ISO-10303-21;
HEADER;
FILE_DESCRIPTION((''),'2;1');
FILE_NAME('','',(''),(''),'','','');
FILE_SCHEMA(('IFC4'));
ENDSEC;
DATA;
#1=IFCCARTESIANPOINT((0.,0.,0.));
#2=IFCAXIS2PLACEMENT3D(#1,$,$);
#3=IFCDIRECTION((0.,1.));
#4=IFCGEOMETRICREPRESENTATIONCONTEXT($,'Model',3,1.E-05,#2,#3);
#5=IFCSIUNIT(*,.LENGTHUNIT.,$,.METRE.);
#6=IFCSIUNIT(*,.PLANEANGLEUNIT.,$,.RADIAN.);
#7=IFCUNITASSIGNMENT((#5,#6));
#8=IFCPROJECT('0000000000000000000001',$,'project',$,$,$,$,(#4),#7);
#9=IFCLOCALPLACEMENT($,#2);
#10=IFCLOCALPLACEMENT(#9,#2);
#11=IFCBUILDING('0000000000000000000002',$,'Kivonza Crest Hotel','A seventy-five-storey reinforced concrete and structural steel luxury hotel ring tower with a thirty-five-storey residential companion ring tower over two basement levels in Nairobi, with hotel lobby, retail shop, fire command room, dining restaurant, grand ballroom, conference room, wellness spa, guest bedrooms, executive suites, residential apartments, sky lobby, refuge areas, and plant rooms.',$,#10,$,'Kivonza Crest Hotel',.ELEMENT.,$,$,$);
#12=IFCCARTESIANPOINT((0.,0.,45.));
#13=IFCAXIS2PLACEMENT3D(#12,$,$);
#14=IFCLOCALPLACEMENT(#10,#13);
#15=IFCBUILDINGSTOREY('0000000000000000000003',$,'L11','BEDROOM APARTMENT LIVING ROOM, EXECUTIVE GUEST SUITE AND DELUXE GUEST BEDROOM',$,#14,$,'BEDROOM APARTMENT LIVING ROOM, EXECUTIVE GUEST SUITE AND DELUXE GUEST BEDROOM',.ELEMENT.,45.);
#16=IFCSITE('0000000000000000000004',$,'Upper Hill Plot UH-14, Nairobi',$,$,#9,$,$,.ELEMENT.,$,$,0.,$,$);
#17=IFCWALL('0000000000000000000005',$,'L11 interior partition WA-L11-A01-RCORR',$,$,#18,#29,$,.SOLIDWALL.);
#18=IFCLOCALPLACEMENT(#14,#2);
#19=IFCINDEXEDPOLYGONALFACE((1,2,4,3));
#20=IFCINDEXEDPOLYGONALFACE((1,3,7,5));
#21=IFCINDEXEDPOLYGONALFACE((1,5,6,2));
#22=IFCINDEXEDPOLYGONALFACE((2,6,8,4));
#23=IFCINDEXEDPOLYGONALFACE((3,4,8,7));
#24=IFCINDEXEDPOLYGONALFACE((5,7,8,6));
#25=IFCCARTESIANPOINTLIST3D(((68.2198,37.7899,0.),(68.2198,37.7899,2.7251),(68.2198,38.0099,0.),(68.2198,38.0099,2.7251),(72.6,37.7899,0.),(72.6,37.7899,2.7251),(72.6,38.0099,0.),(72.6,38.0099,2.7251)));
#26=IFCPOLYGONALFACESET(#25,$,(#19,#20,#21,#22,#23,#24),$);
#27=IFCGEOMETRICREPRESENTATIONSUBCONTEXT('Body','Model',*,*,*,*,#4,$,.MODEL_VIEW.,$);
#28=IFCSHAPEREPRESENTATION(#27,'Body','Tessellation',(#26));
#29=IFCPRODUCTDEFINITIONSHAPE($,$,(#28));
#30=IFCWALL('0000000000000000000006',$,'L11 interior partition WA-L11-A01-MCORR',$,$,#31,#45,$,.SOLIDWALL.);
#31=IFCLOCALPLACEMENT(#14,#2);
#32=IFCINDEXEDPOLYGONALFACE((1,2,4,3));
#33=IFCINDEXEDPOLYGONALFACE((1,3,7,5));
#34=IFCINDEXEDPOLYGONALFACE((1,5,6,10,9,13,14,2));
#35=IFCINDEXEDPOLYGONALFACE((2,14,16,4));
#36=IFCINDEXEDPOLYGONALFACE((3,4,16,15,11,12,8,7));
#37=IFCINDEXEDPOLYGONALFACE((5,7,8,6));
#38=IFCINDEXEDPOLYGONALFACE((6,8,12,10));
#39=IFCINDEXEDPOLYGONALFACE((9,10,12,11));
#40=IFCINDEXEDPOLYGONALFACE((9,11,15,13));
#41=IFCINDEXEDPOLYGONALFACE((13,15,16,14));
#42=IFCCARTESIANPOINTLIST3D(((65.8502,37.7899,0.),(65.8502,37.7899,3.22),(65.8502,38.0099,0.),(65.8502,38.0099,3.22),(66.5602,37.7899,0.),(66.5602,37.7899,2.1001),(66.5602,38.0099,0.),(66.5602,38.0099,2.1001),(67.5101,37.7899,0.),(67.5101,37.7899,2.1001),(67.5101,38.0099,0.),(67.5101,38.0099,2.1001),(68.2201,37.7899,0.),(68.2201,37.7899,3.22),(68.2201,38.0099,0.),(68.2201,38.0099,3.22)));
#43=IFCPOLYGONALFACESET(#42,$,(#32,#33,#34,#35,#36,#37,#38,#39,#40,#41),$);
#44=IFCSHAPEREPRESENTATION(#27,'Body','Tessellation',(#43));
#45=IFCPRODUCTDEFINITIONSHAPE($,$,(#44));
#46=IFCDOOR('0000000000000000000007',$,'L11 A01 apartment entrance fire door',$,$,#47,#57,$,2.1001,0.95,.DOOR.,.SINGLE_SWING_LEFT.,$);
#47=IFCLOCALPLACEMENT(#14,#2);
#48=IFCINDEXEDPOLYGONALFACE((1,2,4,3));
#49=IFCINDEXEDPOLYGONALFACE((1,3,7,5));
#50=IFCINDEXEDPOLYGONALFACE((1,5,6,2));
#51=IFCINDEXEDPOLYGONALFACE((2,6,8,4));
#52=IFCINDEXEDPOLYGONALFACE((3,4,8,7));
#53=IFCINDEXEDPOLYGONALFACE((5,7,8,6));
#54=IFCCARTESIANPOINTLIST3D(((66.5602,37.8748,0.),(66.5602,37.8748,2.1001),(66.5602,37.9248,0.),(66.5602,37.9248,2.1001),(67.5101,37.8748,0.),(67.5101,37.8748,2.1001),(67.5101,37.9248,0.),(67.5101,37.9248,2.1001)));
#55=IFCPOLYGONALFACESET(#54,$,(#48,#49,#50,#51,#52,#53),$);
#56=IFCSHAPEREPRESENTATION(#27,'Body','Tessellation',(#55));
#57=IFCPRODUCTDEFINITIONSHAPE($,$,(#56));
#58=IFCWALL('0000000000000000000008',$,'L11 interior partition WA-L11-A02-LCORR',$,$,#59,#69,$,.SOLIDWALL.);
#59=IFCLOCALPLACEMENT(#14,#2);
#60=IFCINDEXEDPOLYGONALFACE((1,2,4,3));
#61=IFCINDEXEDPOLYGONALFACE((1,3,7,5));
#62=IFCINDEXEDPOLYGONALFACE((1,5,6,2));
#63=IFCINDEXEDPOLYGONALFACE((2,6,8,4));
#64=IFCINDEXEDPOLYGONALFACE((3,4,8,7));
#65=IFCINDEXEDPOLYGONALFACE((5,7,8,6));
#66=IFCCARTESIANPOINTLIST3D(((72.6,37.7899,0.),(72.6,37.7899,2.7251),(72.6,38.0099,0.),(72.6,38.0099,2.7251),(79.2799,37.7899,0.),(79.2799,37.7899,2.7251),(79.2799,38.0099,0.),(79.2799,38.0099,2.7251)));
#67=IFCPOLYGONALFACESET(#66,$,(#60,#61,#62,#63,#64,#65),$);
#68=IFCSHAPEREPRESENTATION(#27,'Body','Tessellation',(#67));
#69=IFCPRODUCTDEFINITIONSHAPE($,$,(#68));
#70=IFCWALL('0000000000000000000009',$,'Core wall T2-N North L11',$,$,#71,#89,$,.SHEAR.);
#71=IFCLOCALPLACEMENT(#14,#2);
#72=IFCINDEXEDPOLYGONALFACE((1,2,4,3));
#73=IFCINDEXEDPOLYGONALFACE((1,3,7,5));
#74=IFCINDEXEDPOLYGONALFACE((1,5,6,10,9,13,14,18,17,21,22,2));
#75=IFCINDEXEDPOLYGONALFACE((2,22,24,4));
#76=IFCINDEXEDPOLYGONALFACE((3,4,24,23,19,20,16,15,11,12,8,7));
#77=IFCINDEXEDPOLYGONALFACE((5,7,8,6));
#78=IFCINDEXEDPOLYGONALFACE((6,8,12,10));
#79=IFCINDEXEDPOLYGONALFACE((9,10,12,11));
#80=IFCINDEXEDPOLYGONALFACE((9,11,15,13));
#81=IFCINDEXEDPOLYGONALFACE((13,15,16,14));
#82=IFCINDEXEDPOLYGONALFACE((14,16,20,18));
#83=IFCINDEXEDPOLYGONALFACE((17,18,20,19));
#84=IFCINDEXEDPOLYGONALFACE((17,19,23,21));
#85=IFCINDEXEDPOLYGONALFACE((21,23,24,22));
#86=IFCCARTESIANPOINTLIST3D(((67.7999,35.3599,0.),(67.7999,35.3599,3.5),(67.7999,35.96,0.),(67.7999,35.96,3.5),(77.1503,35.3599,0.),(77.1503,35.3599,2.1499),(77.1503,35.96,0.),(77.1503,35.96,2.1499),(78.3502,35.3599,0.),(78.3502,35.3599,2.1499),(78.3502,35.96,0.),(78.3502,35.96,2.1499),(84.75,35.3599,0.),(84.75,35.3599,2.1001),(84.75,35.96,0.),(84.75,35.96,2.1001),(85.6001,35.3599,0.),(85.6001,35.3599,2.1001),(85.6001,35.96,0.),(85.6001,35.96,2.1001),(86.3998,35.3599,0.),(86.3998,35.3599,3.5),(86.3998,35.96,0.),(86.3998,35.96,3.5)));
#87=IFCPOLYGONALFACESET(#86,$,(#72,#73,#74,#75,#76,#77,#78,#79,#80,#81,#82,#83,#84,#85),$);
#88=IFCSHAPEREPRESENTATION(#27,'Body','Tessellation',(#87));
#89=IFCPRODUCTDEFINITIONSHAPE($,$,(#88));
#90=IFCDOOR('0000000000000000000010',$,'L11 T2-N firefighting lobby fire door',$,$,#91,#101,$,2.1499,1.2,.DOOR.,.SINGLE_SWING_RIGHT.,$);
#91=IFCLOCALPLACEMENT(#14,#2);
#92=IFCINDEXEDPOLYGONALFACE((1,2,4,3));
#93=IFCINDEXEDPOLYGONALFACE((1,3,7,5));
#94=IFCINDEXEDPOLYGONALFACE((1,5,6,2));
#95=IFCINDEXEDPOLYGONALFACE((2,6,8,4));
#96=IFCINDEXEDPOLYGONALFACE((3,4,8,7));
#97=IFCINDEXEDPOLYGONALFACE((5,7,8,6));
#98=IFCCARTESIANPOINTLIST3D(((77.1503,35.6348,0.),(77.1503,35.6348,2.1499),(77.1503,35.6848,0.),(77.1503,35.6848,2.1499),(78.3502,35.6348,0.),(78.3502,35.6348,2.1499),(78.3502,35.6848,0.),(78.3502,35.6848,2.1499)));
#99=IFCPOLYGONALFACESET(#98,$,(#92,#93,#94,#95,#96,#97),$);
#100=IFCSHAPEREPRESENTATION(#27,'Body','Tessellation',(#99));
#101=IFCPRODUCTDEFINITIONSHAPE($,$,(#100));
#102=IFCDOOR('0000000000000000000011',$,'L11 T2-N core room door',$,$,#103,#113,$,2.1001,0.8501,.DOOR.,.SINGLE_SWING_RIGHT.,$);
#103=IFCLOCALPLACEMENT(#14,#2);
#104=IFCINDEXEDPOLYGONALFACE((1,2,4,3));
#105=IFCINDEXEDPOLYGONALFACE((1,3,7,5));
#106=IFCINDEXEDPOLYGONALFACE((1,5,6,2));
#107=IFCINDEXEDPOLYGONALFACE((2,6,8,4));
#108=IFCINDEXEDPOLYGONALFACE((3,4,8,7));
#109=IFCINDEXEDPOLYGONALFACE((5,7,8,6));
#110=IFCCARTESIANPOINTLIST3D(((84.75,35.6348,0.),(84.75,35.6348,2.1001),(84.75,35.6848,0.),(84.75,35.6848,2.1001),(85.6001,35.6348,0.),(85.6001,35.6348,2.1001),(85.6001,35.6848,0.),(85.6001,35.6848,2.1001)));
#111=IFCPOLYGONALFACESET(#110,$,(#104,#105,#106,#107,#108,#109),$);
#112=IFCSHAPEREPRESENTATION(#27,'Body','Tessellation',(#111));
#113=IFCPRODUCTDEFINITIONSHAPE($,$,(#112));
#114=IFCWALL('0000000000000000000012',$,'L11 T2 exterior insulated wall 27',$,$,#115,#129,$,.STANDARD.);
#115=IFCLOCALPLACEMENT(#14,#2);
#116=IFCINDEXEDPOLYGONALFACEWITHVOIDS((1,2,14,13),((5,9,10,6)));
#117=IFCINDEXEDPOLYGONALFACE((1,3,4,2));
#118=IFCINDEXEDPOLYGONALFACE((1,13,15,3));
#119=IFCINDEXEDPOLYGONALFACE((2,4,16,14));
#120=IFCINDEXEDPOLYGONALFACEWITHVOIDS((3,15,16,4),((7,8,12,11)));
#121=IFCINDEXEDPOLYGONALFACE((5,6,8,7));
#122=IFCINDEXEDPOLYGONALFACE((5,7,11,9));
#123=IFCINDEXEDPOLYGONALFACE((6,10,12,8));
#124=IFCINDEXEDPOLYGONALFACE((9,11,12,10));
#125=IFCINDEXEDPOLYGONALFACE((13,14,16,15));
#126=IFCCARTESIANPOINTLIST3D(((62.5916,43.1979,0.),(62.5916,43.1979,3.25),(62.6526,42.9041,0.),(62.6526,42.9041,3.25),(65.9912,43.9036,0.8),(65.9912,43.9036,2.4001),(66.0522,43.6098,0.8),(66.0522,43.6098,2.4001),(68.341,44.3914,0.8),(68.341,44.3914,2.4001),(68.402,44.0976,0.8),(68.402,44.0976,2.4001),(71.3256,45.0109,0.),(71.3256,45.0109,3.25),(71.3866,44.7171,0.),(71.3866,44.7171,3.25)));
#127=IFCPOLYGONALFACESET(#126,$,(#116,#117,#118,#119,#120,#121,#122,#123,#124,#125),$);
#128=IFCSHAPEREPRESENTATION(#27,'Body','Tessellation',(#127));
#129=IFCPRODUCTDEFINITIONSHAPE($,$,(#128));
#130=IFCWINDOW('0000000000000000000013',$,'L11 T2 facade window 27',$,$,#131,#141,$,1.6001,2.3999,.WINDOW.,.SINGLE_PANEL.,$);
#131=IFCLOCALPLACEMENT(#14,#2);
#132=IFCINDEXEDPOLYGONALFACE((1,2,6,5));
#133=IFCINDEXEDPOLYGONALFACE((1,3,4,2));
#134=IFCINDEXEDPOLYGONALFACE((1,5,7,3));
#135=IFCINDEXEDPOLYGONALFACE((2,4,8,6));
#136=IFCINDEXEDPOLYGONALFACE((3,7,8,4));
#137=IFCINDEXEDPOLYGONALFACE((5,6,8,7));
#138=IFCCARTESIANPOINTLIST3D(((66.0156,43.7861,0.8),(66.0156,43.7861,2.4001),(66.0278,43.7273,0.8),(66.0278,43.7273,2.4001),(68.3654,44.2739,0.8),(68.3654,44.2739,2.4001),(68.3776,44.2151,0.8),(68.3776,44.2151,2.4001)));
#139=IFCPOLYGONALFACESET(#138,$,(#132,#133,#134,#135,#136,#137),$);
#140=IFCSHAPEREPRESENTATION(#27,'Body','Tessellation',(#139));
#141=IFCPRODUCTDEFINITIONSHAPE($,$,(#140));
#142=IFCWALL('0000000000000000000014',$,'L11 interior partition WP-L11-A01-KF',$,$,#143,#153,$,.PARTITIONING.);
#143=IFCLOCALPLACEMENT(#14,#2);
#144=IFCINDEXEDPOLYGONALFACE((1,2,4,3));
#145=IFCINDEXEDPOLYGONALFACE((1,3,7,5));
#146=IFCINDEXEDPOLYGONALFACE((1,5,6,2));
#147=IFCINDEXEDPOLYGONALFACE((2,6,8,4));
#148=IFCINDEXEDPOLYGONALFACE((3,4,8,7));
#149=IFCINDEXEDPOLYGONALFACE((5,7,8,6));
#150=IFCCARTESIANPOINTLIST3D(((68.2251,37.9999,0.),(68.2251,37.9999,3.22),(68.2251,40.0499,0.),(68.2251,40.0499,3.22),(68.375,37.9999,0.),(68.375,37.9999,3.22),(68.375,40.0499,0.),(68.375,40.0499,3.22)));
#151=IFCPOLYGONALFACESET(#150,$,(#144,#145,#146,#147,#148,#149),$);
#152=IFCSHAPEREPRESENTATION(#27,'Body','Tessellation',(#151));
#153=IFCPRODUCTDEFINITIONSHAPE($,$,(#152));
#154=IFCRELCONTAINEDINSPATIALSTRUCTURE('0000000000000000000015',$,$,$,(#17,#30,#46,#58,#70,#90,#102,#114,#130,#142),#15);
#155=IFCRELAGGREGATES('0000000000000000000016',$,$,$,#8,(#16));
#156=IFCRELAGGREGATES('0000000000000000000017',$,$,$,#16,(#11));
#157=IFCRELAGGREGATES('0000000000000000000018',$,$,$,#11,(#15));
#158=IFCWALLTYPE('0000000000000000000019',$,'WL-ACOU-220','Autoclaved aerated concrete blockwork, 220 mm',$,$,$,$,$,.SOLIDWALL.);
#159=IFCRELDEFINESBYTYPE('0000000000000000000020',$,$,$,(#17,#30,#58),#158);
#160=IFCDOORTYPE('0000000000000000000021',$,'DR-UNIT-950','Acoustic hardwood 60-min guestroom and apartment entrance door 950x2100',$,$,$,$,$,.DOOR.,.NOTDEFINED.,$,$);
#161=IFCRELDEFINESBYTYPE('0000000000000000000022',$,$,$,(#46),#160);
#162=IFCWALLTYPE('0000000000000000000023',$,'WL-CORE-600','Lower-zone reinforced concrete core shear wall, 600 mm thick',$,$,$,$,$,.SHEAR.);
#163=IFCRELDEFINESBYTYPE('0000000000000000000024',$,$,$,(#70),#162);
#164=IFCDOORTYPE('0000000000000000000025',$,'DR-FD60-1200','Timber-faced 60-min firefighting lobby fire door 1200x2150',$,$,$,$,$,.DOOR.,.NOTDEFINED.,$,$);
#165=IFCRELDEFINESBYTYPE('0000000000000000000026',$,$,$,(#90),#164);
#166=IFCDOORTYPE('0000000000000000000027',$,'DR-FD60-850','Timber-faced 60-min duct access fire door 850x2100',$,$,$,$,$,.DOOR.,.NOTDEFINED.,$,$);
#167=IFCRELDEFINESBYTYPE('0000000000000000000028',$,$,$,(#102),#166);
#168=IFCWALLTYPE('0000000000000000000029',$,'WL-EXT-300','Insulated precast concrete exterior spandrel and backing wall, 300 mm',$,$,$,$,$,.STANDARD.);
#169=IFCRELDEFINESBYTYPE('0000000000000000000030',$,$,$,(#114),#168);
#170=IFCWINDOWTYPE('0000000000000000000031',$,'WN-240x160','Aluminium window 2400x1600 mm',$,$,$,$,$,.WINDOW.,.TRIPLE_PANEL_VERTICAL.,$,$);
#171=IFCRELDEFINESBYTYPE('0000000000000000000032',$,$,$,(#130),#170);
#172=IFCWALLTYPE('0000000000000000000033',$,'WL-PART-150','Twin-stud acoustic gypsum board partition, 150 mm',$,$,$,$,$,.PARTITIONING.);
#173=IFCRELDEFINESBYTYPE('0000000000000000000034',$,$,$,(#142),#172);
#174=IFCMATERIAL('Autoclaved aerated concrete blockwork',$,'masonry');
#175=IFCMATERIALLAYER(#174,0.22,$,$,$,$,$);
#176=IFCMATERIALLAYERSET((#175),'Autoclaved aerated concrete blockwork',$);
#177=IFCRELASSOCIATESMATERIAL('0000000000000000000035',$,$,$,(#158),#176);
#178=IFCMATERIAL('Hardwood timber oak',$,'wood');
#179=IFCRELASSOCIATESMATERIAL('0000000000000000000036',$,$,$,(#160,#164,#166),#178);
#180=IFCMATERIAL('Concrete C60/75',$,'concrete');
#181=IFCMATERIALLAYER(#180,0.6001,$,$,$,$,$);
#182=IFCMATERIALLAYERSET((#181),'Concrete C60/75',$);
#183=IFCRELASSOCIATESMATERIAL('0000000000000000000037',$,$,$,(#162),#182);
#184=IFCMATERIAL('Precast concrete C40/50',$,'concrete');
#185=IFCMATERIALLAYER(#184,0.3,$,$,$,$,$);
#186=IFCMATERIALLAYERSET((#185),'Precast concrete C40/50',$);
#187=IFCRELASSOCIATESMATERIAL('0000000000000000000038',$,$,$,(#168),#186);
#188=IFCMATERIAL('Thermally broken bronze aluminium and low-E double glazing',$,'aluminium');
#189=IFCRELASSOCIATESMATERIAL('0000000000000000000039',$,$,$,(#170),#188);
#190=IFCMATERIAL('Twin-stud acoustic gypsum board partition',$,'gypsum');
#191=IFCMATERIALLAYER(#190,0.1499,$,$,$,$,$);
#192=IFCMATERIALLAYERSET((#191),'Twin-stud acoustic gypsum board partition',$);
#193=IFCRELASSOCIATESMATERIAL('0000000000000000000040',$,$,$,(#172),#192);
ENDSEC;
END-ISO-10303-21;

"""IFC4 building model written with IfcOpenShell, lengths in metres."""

from ifc_helpers import new_model, si_unit, direction, frame, frame_2d, origin, place, context, subcontext, project, spatial, rectangle, extrude, material, layer, layer_set, type_object, element, fill, save


model = new_model("IFC4")

# Units and contexts
model_context = context("Model", 3, precision=1e-05, world=origin(), true_north=direction((0.0, 1.0)))
body_context = subcontext(model_context, "Body", "Model", "MODEL_VIEW")
ifc_project = project(units=[si_unit("LENGTHUNIT", "METRE"), si_unit("PLANEANGLEUNIT", "RADIAN")], contexts=[model_context])

# Site, building, storey
site_placement = place(None, origin())
site = spatial("IfcSite", under=ifc_project, at=site_placement, Name="Upper Hill Plot UH-14, Nairobi", CompositionType="ELEMENT", RefElevation=0.0)
building_placement = place(site_placement, origin())
building = spatial("IfcBuilding", under=site, at=building_placement, Name="Kivonza Crest Hotel", Description="A seventy-five-storey reinforced concrete and structural steel luxury hotel ring tower with a thirty-five-storey residential companion ring tower over two basement levels in Nairobi, with hotel lobby, retail shop, fire command room, dining restaurant, grand ballroom, conference room, wellness spa, guest bedrooms, executive suites, residential apartments, sky lobby, refuge areas, and plant rooms.", LongName="Kivonza Crest Hotel", CompositionType="ELEMENT")
storey_placement = place(building_placement, frame((0.0, 0.0, 45.0)))
storey = spatial("IfcBuildingStorey", under=building, at=storey_placement, Name="L11", Description="BEDROOM APARTMENT LIVING ROOM, EXECUTIVE GUEST SUITE AND DELUXE GUEST BEDROOM", LongName="BEDROOM APARTMENT LIVING ROOM, EXECUTIVE GUEST SUITE AND DELUXE GUEST BEDROOM", CompositionType="ELEMENT", Elevation=45.0)

# Wall
ifc_material_1 = material(Name="Autoclaved aerated concrete blockwork", Category="masonry")
ifc_layer_1 = layer(ifc_material_1, 0.22)
ifc_layer_set_1 = layer_set([ifc_layer_1], Name="Autoclaved aerated concrete blockwork")
wall_type_1 = type_object("IfcWallType", Name="WL-ACOU-220", Description="Autoclaved aerated concrete blockwork, 220 mm", PredefinedType="SOLIDWALL", material=ifc_layer_set_1)
wall_1_placement = place(storey_placement, frame((68.22, 37.8999, 0.0), z_axis=(0.0, 0.0, 1.0), x_axis=(1.0, 0.0, 0.0)))
element("IfcWall", 1, at=wall_1_placement, inside=storey, type_object=wall_type_1, Name="L11 interior partition WA-L11-A01-RCORR", PredefinedType="SOLIDWALL", context=body_context, shape_type="SweptSolid", body=[
    extrude(rectangle(XDim=4.3801, YDim=0.22, at=frame_2d((2.1899, 0.0))), origin(), (0.0, 0.0, 1.0), 2.7251),
])

# Wall, opening, door
wall_2_placement = place(storey_placement, frame((65.8501, 37.8999, 0.0), z_axis=(0.0, 0.0, 1.0), x_axis=(1.0, 0.0, 0.0)))
wall_2 = element("IfcWall", 2, at=wall_2_placement, inside=storey, type_object=wall_type_1, Name="L11 interior partition WA-L11-A01-MCORR", PredefinedType="SOLIDWALL", context=body_context, shape_type="SweptSolid", body=[
    extrude(rectangle(XDim=2.3699, YDim=0.22, at=frame_2d((1.1851, 0.0))), origin(), (0.0, 0.0, 1.0), 3.22),
])
opening_1_placement = place(wall_2_placement, frame((0.71, 0.0, 0.0)))
opening_1 = element("IfcOpeningElement", 3, at=opening_1_placement, cuts=wall_2, PredefinedType="OPENING", context=body_context, shape_type="SweptSolid", body=[
    extrude(rectangle(XDim=0.95, YDim=2.1001, at=frame_2d((0.4751, 1.05))), frame((0.0, 0.1201, 0.0), z_axis=(0.0, -1.0, 0.0), x_axis=(1.0, 0.0, 0.0)), (0.0, 0.0, 1.0), 0.24),
])
ifc_material_2 = material(Name="Hardwood timber oak", Category="wood")
door_type_1 = type_object("IfcDoorType", Name="DR-UNIT-950", Description="Acoustic hardwood 60-min guestroom and apartment entrance door 950x2100", OperationType="NOTDEFINED", PredefinedType="DOOR", material=ifc_material_2)
door_1_placement = place(opening_1_placement, origin())
door_1 = element("IfcDoor", 4, at=door_1_placement, inside=storey, type_object=door_type_1, Name="L11 A01 apartment entrance fire door", OperationType="SINGLE_SWING_LEFT", OverallHeight=2.1001, OverallWidth=0.95, PredefinedType="DOOR", context=body_context, shape_type="SweptSolid", body=[
    extrude(rectangle(XDim=0.95, YDim=2.1001, at=frame_2d((0.4751, 1.05))), frame((0.0, 0.0249, 0.0), z_axis=(0.0, -1.0, 0.0), x_axis=(1.0, 0.0, 0.0)), (0.0, 0.0, 1.0), 0.05),
])
fill(opening_1, door_1)

# Wall
wall_3_placement = place(storey_placement, frame((72.6001, 37.8999, 0.0), z_axis=(0.0, 0.0, 1.0), x_axis=(1.0, 0.0, 0.0)))
element("IfcWall", 5, at=wall_3_placement, inside=storey, type_object=wall_type_1, Name="L11 interior partition WA-L11-A02-LCORR", PredefinedType="SOLIDWALL", context=body_context, shape_type="SweptSolid", body=[
    extrude(rectangle(XDim=6.6799, YDim=0.22, at=frame_2d((3.3398, 0.0))), origin(), (0.0, 0.0, 1.0), 2.7251),
])

# Wall, openings, doors
ifc_material_3 = material(Name="Concrete C60/75", Category="concrete")
ifc_layer_2 = layer(ifc_material_3, 0.6001)
ifc_layer_set_2 = layer_set([ifc_layer_2], Name="Concrete C60/75")
wall_type_2 = type_object("IfcWallType", Name="WL-CORE-600", Description="Lower-zone reinforced concrete core shear wall, 600 mm thick", PredefinedType="SHEAR", material=ifc_layer_set_2)
wall_4_placement = place(storey_placement, frame((67.8, 35.6599, 0.0), z_axis=(0.0, 0.0, 1.0), x_axis=(1.0, 0.0, 0.0)))
wall_4 = element("IfcWall", 6, at=wall_4_placement, inside=storey, type_object=wall_type_2, Name="Core wall T2-N North L11", PredefinedType="SHEAR", context=body_context, shape_type="SweptSolid", body=[
    extrude(rectangle(XDim=18.5999, YDim=0.6001, at=frame_2d((9.2998, 0.0))), origin(), (0.0, 0.0, 1.0), 3.5),
])
opening_2_placement = place(wall_4_placement, frame((9.3501, 0.0, 0.0)))
opening_2 = element("IfcOpeningElement", 7, at=opening_2_placement, cuts=wall_4, PredefinedType="OPENING", context=body_context, shape_type="SweptSolid", body=[
    extrude(rectangle(XDim=1.2, YDim=2.1499, at=frame_2d((0.6001, 1.075))), frame((0.0, 0.3101, 0.0), z_axis=(0.0, -1.0, 0.0), x_axis=(1.0, 0.0, 0.0)), (0.0, 0.0, 1.0), 0.6201),
])
opening_3_placement = place(wall_4_placement, frame((16.95, 0.0, 0.0)))
opening_3 = element("IfcOpeningElement", 8, at=opening_3_placement, cuts=wall_4, PredefinedType="OPENING", context=body_context, shape_type="SweptSolid", body=[
    extrude(rectangle(XDim=0.8501, YDim=2.1001, at=frame_2d((0.425, 1.05))), frame((0.0, 0.3101, 0.0), z_axis=(0.0, -1.0, 0.0), x_axis=(1.0, 0.0, 0.0)), (0.0, 0.0, 1.0), 0.6201),
])
door_type_2 = type_object("IfcDoorType", Name="DR-FD60-1200", Description="Timber-faced 60-min firefighting lobby fire door 1200x2150", OperationType="NOTDEFINED", PredefinedType="DOOR", material=ifc_material_2)
door_2_placement = place(opening_2_placement, origin())
door_2 = element("IfcDoor", 9, at=door_2_placement, inside=storey, type_object=door_type_2, Name="L11 T2-N firefighting lobby fire door", OperationType="SINGLE_SWING_RIGHT", OverallHeight=2.1499, OverallWidth=1.2, PredefinedType="DOOR", context=body_context, shape_type="SweptSolid", body=[
    extrude(rectangle(XDim=1.2, YDim=2.1499, at=frame_2d((0.6001, 1.075))), frame((0.0, 0.0249, 0.0), z_axis=(0.0, -1.0, 0.0), x_axis=(1.0, 0.0, 0.0)), (0.0, 0.0, 1.0), 0.05),
])
fill(opening_2, door_2)
door_type_3 = type_object("IfcDoorType", Name="DR-FD60-850", Description="Timber-faced 60-min duct access fire door 850x2100", OperationType="NOTDEFINED", PredefinedType="DOOR", material=ifc_material_2)
door_3_placement = place(opening_3_placement, origin())
door_3 = element("IfcDoor", 10, at=door_3_placement, inside=storey, type_object=door_type_3, Name="L11 T2-N core room door", OperationType="SINGLE_SWING_RIGHT", OverallHeight=2.1001, OverallWidth=0.8501, PredefinedType="DOOR", context=body_context, shape_type="SweptSolid", body=[
    extrude(rectangle(XDim=0.8501, YDim=2.1001, at=frame_2d((0.425, 1.05))), frame((0.0, 0.0249, 0.0), z_axis=(0.0, -1.0, 0.0), x_axis=(1.0, 0.0, 0.0)), (0.0, 0.0, 1.0), 0.05),
])
fill(opening_3, door_3)

# Wall, opening, window
ifc_material_4 = material(Name="Precast concrete C40/50", Category="concrete")
ifc_layer_3 = layer(ifc_material_4, 0.3)
ifc_layer_set_3 = layer_set([ifc_layer_3], Name="Precast concrete C40/50")
wall_type_3 = type_object("IfcWallType", Name="WL-EXT-300", Description="Insulated precast concrete exterior spandrel and backing wall, 300 mm", PredefinedType="STANDARD", material=ifc_layer_set_3)
wall_5_placement = place(storey_placement, frame((71.356, 44.864, 0.0), z_axis=(0.0, 0.0, 1.0), x_axis=(-0.979127, -0.203248, 0.0)))
wall_5 = element("IfcWall", 11, at=wall_5_placement, inside=storey, type_object=wall_type_3, Name="L11 T2 exterior insulated wall 27", PredefinedType="STANDARD", context=body_context, shape_type="SweptSolid", body=[
    extrude(rectangle(XDim=8.9202, YDim=0.3, at=frame_2d((4.46, 0.0))), origin(), (0.0, 0.0, 1.0), 3.25),
])
opening_4_placement = place(wall_5_placement, frame((3.0481, 0.0, 0.8)))
opening_4 = element("IfcOpeningElement", 12, at=opening_4_placement, cuts=wall_5, PredefinedType="OPENING", context=body_context, shape_type="SweptSolid", body=[
    extrude(rectangle(XDim=2.3999, YDim=1.6001, at=frame_2d((1.2, 0.8))), frame((0.0, 0.1602, 0.0), z_axis=(0.0, -1.0, 0.0), x_axis=(1.0, 0.0, 0.0)), (0.0, 0.0, 1.0), 0.3201),
])
ifc_material_5 = material(Name="Thermally broken bronze aluminium and low-E double glazing", Category="aluminium")
window_type = type_object("IfcWindowType", Name="WN-240x160", Description="Aluminium window 2400x1600 mm", PartitioningType="TRIPLE_PANEL_VERTICAL", PredefinedType="WINDOW", material=ifc_material_5)
window_placement = place(opening_4_placement, origin())
window = element("IfcWindow", 13, at=window_placement, inside=storey, type_object=window_type, Name="L11 T2 facade window 27", OverallHeight=1.6001, OverallWidth=2.3999, PartitioningType="SINGLE_PANEL", PredefinedType="WINDOW", context=body_context, shape_type="SweptSolid", body=[
    extrude(rectangle(XDim=2.3999, YDim=1.6001, at=frame_2d((1.2, 0.8))), frame((0.0, 0.03, 0.0), z_axis=(0.0, -1.0, 0.0), x_axis=(1.0, 0.0, 0.0)), (0.0, 0.0, 1.0), 0.0601),
])
fill(opening_4, window)

# Wall
ifc_material_6 = material(Name="Twin-stud acoustic gypsum board partition", Category="gypsum")
ifc_layer_4 = layer(ifc_material_6, 0.1499)
ifc_layer_set_4 = layer_set([ifc_layer_4], Name="Twin-stud acoustic gypsum board partition")
wall_type_4 = type_object("IfcWallType", Name="WL-PART-150", Description="Twin-stud acoustic gypsum board partition, 150 mm", PredefinedType="PARTITIONING", material=ifc_layer_set_4)
wall_6_placement = place(storey_placement, frame((68.3, 38.0, 0.0), z_axis=(0.0, 0.0, 1.0), x_axis=(0.0, 1.0, 0.0)))
element("IfcWall", 14, at=wall_6_placement, inside=storey, type_object=wall_type_4, Name="L11 interior partition WP-L11-A01-KF", PredefinedType="PARTITIONING", context=body_context, shape_type="SweptSolid", body=[
    extrude(rectangle(XDim=2.05, YDim=0.1499, at=frame_2d((1.0249, 0.0))), origin(), (0.0, 0.0, 1.0), 3.22),
])

save(model, "model.ifc")
